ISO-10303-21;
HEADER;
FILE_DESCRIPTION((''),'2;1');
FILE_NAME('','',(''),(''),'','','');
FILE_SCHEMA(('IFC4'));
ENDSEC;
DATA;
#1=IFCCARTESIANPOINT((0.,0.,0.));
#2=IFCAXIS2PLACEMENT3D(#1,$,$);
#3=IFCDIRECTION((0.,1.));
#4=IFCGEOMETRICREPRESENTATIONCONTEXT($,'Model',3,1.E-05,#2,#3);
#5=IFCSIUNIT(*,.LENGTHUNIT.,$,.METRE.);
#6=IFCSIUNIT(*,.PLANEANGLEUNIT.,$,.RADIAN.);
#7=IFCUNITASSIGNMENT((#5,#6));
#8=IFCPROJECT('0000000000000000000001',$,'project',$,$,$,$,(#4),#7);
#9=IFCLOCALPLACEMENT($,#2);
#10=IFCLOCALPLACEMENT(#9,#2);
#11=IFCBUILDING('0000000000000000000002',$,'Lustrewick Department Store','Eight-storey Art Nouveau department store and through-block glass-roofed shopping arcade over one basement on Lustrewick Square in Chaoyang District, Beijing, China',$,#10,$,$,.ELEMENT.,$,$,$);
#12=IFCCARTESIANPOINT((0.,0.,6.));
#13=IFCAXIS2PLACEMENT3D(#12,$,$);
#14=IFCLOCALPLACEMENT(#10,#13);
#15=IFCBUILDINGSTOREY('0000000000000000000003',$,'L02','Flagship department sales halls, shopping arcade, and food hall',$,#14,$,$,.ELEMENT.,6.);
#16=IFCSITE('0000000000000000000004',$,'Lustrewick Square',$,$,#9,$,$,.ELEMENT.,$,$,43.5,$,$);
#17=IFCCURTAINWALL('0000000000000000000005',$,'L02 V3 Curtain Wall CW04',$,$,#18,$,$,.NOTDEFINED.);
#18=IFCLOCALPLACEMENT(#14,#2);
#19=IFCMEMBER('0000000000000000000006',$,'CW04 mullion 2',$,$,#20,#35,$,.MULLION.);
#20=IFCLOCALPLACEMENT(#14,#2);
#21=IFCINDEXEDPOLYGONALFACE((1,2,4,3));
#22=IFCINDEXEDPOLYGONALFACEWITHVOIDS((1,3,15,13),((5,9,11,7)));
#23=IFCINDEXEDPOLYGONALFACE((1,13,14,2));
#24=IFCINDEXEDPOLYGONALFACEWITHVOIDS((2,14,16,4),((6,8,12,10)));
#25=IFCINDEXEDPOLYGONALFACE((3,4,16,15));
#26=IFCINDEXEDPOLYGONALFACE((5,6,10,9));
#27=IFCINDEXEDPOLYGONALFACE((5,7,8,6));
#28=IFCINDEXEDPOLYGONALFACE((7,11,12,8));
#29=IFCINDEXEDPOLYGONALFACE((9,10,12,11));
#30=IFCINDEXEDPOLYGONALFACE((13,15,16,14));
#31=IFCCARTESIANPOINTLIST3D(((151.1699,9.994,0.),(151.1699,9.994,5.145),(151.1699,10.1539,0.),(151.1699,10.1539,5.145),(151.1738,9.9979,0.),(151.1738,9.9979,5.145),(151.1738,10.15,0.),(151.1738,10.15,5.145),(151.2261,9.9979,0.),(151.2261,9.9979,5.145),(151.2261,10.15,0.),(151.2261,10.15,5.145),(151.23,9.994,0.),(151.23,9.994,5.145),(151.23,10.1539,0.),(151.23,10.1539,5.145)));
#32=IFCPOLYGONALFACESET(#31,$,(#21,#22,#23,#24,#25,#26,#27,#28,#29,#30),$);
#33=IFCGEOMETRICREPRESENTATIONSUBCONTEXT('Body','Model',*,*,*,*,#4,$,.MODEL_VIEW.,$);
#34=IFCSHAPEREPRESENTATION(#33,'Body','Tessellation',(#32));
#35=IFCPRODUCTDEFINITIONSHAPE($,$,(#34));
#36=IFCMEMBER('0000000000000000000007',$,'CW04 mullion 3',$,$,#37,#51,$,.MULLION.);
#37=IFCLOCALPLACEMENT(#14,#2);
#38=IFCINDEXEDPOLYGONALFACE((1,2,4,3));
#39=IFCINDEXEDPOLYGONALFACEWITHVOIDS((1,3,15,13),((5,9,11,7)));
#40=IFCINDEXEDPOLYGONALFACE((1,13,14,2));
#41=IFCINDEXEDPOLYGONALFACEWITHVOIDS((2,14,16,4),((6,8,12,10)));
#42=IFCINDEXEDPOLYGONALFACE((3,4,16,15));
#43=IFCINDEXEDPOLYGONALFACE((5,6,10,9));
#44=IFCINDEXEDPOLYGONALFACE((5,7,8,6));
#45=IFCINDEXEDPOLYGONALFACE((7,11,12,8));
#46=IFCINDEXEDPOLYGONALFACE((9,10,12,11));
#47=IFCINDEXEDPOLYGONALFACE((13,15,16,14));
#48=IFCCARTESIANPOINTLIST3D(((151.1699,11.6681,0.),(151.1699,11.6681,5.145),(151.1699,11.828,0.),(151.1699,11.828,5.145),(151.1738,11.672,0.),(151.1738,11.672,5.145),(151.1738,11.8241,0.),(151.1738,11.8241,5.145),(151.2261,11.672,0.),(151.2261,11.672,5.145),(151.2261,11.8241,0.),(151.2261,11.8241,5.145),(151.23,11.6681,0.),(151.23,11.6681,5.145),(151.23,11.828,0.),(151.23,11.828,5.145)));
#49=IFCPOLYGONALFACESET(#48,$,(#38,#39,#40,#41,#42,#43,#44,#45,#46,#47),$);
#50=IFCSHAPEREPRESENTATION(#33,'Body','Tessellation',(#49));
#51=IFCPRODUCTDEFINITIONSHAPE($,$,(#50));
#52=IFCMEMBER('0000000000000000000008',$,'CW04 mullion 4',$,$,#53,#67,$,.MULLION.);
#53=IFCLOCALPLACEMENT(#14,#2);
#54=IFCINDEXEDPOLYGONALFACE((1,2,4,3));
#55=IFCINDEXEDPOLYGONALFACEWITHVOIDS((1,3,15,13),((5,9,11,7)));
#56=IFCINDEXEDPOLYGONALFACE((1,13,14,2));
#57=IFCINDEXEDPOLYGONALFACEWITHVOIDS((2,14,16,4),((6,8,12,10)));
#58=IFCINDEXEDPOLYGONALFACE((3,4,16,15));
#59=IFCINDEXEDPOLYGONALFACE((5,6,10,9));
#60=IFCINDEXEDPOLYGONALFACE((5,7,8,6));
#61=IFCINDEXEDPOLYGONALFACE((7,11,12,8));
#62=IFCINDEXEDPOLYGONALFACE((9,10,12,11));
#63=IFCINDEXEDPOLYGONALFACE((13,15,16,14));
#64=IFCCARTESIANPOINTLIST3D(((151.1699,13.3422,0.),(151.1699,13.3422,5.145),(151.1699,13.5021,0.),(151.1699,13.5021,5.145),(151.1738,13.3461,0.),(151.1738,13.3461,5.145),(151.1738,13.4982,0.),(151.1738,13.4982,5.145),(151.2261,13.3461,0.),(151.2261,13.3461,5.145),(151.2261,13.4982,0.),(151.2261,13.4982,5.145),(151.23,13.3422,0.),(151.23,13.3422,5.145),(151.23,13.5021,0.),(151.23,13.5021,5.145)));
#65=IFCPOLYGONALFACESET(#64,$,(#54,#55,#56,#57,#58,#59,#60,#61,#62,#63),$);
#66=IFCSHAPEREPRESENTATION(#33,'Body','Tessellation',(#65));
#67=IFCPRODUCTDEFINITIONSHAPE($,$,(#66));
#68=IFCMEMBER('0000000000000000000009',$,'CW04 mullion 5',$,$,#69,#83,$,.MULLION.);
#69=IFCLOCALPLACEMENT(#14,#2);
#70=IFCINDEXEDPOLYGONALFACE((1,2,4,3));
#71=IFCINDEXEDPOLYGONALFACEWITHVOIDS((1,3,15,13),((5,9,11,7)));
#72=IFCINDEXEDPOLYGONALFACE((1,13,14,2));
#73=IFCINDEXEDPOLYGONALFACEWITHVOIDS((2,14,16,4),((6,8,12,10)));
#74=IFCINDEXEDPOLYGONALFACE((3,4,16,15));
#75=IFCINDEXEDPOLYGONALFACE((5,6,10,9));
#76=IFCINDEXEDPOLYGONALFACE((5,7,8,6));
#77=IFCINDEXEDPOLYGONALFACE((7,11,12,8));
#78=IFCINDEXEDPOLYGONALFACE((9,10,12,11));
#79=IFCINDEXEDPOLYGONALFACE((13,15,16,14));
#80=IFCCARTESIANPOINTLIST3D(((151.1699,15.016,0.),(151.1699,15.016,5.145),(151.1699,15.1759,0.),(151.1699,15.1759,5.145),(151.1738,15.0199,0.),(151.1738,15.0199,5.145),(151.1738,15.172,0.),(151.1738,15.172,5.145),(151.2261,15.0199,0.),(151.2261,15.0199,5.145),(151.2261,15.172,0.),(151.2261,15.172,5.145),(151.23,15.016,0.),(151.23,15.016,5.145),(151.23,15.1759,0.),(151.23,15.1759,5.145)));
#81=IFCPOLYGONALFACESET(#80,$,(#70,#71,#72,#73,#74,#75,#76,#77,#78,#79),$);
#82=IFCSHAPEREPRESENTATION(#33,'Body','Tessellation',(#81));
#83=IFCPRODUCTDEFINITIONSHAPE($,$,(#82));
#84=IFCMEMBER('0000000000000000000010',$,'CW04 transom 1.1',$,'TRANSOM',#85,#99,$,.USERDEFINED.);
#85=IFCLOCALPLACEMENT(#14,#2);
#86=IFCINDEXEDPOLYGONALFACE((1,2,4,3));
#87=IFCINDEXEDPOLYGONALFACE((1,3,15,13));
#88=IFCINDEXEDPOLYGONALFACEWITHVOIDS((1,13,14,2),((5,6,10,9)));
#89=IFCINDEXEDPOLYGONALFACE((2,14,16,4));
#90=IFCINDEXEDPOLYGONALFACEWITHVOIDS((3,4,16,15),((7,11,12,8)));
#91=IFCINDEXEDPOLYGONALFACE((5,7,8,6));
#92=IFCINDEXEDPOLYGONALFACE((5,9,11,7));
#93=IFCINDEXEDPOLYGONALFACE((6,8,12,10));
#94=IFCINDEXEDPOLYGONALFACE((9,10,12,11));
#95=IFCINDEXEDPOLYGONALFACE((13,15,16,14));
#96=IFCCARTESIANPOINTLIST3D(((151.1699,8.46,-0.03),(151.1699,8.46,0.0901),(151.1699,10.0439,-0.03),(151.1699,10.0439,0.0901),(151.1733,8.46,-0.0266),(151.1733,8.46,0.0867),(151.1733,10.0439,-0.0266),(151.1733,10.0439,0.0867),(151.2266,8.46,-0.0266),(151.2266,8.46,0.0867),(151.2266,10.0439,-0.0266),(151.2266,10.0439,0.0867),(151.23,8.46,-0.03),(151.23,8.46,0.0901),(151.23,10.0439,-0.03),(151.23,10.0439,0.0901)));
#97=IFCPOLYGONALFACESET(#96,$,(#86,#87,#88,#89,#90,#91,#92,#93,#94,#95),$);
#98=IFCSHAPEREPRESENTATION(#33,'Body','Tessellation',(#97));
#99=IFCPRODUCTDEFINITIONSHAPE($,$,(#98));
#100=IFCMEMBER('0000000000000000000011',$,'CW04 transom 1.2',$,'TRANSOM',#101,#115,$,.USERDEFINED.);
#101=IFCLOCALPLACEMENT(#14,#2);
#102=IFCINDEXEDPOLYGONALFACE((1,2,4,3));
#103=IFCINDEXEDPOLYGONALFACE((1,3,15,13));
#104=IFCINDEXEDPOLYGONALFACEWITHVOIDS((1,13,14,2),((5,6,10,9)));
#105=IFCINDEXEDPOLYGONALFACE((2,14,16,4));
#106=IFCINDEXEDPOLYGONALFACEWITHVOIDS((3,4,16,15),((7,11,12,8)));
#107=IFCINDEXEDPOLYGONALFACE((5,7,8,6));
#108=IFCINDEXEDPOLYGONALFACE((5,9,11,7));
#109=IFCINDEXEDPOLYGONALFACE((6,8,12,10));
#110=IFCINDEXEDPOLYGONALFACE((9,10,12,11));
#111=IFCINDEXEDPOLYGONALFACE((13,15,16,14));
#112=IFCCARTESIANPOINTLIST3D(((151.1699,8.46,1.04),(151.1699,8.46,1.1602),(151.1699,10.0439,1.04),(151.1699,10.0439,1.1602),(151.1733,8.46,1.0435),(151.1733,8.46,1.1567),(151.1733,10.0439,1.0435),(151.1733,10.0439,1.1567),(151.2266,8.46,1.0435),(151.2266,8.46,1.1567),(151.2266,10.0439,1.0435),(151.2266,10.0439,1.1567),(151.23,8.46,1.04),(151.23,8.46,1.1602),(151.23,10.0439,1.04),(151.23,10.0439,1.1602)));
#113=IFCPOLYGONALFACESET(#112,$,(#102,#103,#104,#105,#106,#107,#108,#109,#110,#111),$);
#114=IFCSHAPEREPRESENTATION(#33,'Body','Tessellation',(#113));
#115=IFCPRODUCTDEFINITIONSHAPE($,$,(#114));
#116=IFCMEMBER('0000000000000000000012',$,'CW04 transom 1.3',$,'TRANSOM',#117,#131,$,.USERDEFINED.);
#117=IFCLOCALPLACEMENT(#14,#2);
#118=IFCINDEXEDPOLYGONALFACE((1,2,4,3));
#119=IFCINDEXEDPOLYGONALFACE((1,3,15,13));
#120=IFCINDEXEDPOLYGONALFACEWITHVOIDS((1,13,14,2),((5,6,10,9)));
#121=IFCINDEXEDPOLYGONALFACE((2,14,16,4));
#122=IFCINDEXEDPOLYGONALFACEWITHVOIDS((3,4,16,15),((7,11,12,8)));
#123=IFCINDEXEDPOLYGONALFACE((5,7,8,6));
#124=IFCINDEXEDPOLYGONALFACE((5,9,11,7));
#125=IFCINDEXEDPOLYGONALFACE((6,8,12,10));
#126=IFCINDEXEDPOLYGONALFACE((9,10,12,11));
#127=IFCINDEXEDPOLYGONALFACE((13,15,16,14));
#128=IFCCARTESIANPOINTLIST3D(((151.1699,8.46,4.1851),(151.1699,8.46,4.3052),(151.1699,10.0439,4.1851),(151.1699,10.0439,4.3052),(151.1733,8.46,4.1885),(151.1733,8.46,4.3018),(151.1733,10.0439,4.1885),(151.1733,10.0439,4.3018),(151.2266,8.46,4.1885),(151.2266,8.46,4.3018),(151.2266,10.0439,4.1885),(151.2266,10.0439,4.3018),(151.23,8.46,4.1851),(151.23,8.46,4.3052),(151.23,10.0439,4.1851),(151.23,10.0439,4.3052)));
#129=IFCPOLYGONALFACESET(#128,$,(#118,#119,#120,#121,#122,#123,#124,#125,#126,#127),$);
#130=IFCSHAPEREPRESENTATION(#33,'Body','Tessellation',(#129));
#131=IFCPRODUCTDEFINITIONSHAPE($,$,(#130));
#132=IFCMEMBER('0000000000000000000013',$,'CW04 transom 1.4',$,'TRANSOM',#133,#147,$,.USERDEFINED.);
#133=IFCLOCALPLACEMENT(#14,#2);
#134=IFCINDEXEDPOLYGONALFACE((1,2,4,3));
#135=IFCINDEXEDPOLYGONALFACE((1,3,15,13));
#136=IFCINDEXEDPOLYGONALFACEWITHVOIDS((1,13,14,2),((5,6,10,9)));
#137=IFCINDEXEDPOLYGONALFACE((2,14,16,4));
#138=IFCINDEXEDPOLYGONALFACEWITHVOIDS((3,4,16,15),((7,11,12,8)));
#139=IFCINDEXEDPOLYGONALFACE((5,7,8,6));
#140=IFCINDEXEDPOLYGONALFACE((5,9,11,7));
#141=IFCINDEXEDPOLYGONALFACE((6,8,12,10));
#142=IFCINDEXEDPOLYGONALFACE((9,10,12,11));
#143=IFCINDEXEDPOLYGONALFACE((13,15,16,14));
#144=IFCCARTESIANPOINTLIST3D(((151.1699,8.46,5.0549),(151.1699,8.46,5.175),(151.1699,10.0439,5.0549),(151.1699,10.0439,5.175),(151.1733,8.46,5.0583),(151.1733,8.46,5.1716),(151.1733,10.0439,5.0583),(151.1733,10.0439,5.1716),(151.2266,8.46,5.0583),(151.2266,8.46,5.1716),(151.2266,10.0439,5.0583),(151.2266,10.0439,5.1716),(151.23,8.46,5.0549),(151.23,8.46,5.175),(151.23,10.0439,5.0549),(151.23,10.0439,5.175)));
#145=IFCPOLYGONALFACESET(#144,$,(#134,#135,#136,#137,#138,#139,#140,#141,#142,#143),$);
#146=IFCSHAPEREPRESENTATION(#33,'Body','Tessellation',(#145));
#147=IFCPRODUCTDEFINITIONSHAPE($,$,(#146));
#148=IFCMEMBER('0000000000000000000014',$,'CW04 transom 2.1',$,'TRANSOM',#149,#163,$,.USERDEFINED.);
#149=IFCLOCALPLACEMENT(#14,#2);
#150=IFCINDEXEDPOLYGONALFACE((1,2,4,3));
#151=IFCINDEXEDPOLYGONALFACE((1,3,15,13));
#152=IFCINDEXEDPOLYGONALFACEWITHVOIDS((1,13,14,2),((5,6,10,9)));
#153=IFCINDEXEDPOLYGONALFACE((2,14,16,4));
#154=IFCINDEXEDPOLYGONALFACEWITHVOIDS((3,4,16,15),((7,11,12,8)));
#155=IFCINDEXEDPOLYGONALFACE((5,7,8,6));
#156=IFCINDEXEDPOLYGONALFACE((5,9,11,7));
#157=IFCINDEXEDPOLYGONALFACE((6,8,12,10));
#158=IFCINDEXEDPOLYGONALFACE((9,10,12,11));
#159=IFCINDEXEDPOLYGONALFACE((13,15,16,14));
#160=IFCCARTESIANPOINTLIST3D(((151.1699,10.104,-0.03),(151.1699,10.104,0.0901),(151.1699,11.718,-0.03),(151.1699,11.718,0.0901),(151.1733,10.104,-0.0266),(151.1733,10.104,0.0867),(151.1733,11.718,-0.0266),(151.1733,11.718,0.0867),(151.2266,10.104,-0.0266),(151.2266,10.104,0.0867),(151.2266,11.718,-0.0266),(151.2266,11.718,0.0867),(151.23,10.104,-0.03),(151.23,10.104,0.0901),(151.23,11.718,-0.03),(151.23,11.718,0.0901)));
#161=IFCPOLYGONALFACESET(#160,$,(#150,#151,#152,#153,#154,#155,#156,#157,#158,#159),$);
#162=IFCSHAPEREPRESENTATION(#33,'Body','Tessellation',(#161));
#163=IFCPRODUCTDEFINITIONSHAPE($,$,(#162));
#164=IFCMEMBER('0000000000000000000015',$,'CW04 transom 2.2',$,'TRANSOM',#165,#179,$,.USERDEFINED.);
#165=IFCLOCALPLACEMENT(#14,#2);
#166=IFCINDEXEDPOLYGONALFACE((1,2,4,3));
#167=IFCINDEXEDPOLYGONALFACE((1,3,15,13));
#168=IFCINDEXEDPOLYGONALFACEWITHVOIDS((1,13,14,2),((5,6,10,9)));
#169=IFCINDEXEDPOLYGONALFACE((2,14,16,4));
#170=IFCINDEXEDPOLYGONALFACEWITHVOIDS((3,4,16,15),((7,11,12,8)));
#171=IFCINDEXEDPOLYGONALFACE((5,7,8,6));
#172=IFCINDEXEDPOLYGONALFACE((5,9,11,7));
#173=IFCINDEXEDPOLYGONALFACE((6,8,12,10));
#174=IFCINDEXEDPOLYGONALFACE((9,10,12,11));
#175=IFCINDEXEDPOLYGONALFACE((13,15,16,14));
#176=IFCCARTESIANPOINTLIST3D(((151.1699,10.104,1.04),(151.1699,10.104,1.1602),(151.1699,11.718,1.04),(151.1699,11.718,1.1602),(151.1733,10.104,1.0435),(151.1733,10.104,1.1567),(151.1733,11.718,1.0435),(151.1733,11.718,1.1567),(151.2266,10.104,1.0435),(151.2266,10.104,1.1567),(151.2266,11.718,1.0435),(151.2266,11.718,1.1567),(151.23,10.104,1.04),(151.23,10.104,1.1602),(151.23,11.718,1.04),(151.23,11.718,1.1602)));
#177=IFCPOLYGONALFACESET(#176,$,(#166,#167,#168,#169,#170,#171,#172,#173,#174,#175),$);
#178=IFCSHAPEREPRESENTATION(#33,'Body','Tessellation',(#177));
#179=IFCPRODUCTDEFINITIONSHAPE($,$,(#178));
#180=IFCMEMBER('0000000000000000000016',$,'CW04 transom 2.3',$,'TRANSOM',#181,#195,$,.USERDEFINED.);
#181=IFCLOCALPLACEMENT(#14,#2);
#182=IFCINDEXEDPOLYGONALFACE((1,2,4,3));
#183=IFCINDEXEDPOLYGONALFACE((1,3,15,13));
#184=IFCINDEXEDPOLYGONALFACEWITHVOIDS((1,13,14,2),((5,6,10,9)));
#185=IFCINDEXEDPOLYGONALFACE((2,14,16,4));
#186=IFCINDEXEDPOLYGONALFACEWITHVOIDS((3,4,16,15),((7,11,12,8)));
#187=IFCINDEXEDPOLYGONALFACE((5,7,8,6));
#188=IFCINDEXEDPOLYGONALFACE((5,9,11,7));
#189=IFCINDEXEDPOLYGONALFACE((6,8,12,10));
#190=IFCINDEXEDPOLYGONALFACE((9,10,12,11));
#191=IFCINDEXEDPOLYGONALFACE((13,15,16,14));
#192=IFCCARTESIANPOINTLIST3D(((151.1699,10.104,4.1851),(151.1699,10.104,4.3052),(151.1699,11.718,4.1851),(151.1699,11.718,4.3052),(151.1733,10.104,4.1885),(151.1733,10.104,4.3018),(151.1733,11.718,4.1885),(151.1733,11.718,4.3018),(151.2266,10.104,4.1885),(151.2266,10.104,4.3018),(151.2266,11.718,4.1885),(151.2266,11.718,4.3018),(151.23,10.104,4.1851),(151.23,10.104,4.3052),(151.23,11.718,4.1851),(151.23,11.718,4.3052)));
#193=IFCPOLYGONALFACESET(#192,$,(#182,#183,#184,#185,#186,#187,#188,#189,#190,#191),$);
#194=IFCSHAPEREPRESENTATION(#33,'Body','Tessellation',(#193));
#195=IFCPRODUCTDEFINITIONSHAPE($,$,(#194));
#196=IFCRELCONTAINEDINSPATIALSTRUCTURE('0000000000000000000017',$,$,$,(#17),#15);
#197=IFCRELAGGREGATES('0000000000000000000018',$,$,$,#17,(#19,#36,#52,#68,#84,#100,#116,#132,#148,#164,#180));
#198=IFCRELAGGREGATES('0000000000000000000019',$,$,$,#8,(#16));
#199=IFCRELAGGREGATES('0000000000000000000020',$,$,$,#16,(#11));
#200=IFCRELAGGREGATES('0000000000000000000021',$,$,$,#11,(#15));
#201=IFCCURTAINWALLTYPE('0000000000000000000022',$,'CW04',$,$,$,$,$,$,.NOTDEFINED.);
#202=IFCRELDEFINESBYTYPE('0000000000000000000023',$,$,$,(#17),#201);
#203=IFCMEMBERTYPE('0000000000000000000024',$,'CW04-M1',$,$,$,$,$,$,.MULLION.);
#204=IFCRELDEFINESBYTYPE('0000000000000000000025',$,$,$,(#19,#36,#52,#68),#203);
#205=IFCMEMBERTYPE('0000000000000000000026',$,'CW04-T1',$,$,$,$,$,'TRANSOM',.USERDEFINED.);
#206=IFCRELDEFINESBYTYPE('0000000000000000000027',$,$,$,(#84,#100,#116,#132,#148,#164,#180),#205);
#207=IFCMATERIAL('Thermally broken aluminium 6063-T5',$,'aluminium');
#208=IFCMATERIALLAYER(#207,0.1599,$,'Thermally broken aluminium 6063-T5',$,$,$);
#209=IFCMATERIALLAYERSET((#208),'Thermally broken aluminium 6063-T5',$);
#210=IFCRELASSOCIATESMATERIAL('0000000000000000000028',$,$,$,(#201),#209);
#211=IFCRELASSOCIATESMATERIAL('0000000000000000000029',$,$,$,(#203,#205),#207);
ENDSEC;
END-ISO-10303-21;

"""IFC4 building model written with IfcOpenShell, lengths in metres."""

from ifc_helpers import new_model, si_unit, direction, frame, origin, origin_2d, place, context, subcontext, project, spatial, hollow_rectangle, extrude, material, layer, layer_set, material_profile, profile_set, type_object, element, aggregate, save


model = new_model("IFC4")

# Units and contexts
model_context = context("Model", 3, precision=1e-05, world=origin(), true_north=direction((0.0, 1.0)))
body_context = subcontext(model_context, "Body", "Model", "MODEL_VIEW")
ifc_project = project(units=[si_unit("LENGTHUNIT", "METRE"), si_unit("PLANEANGLEUNIT", "RADIAN")], contexts=[model_context])

# Site, building, storey
site_placement = place(None, origin())
site = spatial("IfcSite", under=ifc_project, at=site_placement, Name="Lustrewick Square", CompositionType="ELEMENT", RefElevation=43.5)
building_placement = place(site_placement, origin())
building = spatial("IfcBuilding", under=site, at=building_placement, Name="Lustrewick Department Store", Description="Eight-storey Art Nouveau department store and through-block glass-roofed shopping arcade over one basement on Lustrewick Square in Chaoyang District, Beijing, China", CompositionType="ELEMENT")
storey_placement = place(building_placement, frame((0.0, 0.0, 6.0)))
storey = spatial("IfcBuildingStorey", under=building, at=storey_placement, Name="L02", Description="Flagship department sales halls, shopping arcade, and food hall", CompositionType="ELEMENT", Elevation=6.0)

# Curtain wall, members
ifc_material_1 = material(Name="Thermally broken aluminium 6063-T5", Category="aluminium")
ifc_layer_1 = layer(ifc_material_1, 0.1599, Name="Thermally broken aluminium 6063-T5")
ifc_layer_set_1 = layer_set([ifc_layer_1], Name="Thermally broken aluminium 6063-T5")
curtain_wall_type = type_object("IfcCurtainWallType", Name="CW04", PredefinedType="NOTDEFINED", material=ifc_layer_set_1)
curtain_wall_placement = place(storey_placement, origin())
curtain_wall = element("IfcCurtainWall", 1, at=curtain_wall_placement, inside=storey, type_object=curtain_wall_type, Name="L02 V3 Curtain Wall CW04", PredefinedType="NOTDEFINED")
ifc_material_profile_1 = material_profile(ifc_material_1, hollow_rectangle(XDim=0.0601, YDim=0.1599, WallThickness=0.0039, at=origin_2d()), Name="ALU-M 60x160x4")
ifc_profile_set_1 = profile_set([ifc_material_profile_1], Name="Thermally broken aluminium 6063-T5")
member_type_1 = type_object("IfcMemberType", Name="CW04-M1", PredefinedType="MULLION", material=ifc_profile_set_1)
member_1_placement = place(storey_placement, frame((151.2, 10.074, 0.0), z_axis=(0.0, 0.0, 1.0), x_axis=(-1.0, 0.0, 0.0)))
member_1 = element("IfcMember", 2, at=member_1_placement, type_object=member_type_1, Name="CW04 mullion 2", PredefinedType="MULLION", context=body_context, shape_type="SweptSolid", body=[
    extrude(hollow_rectangle(XDim=0.0601, YDim=0.1599, WallThickness=0.0039, at=origin_2d()), origin(), (0.0, 0.0, 1.0), 5.145),
])
member_2_placement = place(storey_placement, frame((151.2, 11.748, 0.0), z_axis=(0.0, 0.0, 1.0), x_axis=(-1.0, 0.0, 0.0)))
member_2 = element("IfcMember", 3, at=member_2_placement, type_object=member_type_1, Name="CW04 mullion 3", PredefinedType="MULLION", context=body_context, shape_type="SweptSolid", body=[
    extrude(hollow_rectangle(XDim=0.0601, YDim=0.1599, WallThickness=0.0039, at=origin_2d()), origin(), (0.0, 0.0, 1.0), 5.145),
])
member_3_placement = place(storey_placement, frame((151.2, 13.4221, 0.0), z_axis=(0.0, 0.0, 1.0), x_axis=(-1.0, 0.0, 0.0)))
member_3 = element("IfcMember", 4, at=member_3_placement, type_object=member_type_1, Name="CW04 mullion 4", PredefinedType="MULLION", context=body_context, shape_type="SweptSolid", body=[
    extrude(hollow_rectangle(XDim=0.0601, YDim=0.1599, WallThickness=0.0039, at=origin_2d()), origin(), (0.0, 0.0, 1.0), 5.145),
])
member_4_placement = place(storey_placement, frame((151.2, 15.0959, 0.0), z_axis=(0.0, 0.0, 1.0), x_axis=(-1.0, 0.0, 0.0)))
member_4 = element("IfcMember", 5, at=member_4_placement, type_object=member_type_1, Name="CW04 mullion 5", PredefinedType="MULLION", context=body_context, shape_type="SweptSolid", body=[
    extrude(hollow_rectangle(XDim=0.0601, YDim=0.1599, WallThickness=0.0039, at=origin_2d()), origin(), (0.0, 0.0, 1.0), 5.145),
])
ifc_material_profile_2 = material_profile(ifc_material_1, hollow_rectangle(XDim=0.0601, YDim=0.1201, WallThickness=0.0034, at=origin_2d()), Name="ALU-T 60x120x3.5")
ifc_profile_set_2 = profile_set([ifc_material_profile_2], Name="Thermally broken aluminium 6063-T5")
member_type_2 = type_object("IfcMemberType", Name="CW04-T1", ElementType="TRANSOM", PredefinedType="USERDEFINED", material=ifc_profile_set_2)
member_5_placement = place(storey_placement, frame((151.2, 8.46, 0.03), z_axis=(0.0, 1.0, 0.0), x_axis=(-1.0, 0.0, 0.0)))
member_5 = element("IfcMember", 6, at=member_5_placement, type_object=member_type_2, Name="CW04 transom 1.1", ObjectType="TRANSOM", PredefinedType="USERDEFINED", context=body_context, shape_type="SweptSolid", body=[
    extrude(hollow_rectangle(XDim=0.0601, YDim=0.1201, WallThickness=0.0034, at=origin_2d()), origin(), (0.0, 0.0, 1.0), 1.584),
])
member_6_placement = place(storey_placement, frame((151.2, 8.46, 1.1001), z_axis=(0.0, 1.0, 0.0), x_axis=(-1.0, 0.0, 0.0)))
member_6 = element("IfcMember", 7, at=member_6_placement, type_object=member_type_2, Name="CW04 transom 1.2", ObjectType="TRANSOM", PredefinedType="USERDEFINED", context=body_context, shape_type="SweptSolid", body=[
    extrude(hollow_rectangle(XDim=0.0601, YDim=0.1201, WallThickness=0.0034, at=origin_2d()), origin(), (0.0, 0.0, 1.0), 1.584),
])
member_7_placement = place(storey_placement, frame((151.2, 8.46, 4.2451), z_axis=(0.0, 1.0, 0.0), x_axis=(-1.0, 0.0, 0.0)))
member_7 = element("IfcMember", 8, at=member_7_placement, type_object=member_type_2, Name="CW04 transom 1.3", ObjectType="TRANSOM", PredefinedType="USERDEFINED", context=body_context, shape_type="SweptSolid", body=[
    extrude(hollow_rectangle(XDim=0.0601, YDim=0.1201, WallThickness=0.0034, at=origin_2d()), origin(), (0.0, 0.0, 1.0), 1.584),
])
member_8_placement = place(storey_placement, frame((151.2, 8.46, 5.115), z_axis=(0.0, 1.0, 0.0), x_axis=(-1.0, 0.0, 0.0)))
member_8 = element("IfcMember", 9, at=member_8_placement, type_object=member_type_2, Name="CW04 transom 1.4", ObjectType="TRANSOM", PredefinedType="USERDEFINED", context=body_context, shape_type="SweptSolid", body=[
    extrude(hollow_rectangle(XDim=0.0601, YDim=0.1201, WallThickness=0.0034, at=origin_2d()), origin(), (0.0, 0.0, 1.0), 1.584),
])
member_9_placement = place(storey_placement, frame((151.2, 10.104, 0.03), z_axis=(0.0, 1.0, 0.0), x_axis=(-1.0, 0.0, 0.0)))
member_9 = element("IfcMember", 10, at=member_9_placement, type_object=member_type_2, Name="CW04 transom 2.1", ObjectType="TRANSOM", PredefinedType="USERDEFINED", context=body_context, shape_type="SweptSolid", body=[
    extrude(hollow_rectangle(XDim=0.0601, YDim=0.1201, WallThickness=0.0034, at=origin_2d()), origin(), (0.0, 0.0, 1.0), 1.614),
])
member_10_placement = place(storey_placement, frame((151.2, 10.104, 1.1001), z_axis=(0.0, 1.0, 0.0), x_axis=(-1.0, 0.0, 0.0)))
member_10 = element("IfcMember", 11, at=member_10_placement, type_object=member_type_2, Name="CW04 transom 2.2", ObjectType="TRANSOM", PredefinedType="USERDEFINED", context=body_context, shape_type="SweptSolid", body=[
    extrude(hollow_rectangle(XDim=0.0601, YDim=0.1201, WallThickness=0.0034, at=origin_2d()), origin(), (0.0, 0.0, 1.0), 1.614),
])
member_11_placement = place(storey_placement, frame((151.2, 10.104, 4.2451), z_axis=(0.0, 1.0, 0.0), x_axis=(-1.0, 0.0, 0.0)))
member_11 = element("IfcMember", 12, at=member_11_placement, type_object=member_type_2, Name="CW04 transom 2.3", ObjectType="TRANSOM", PredefinedType="USERDEFINED", context=body_context, shape_type="SweptSolid", body=[
    extrude(hollow_rectangle(XDim=0.0601, YDim=0.1201, WallThickness=0.0034, at=origin_2d()), origin(), (0.0, 0.0, 1.0), 1.614),
])
aggregate(curtain_wall, [member_1, member_2, member_3, member_4, member_5, member_6, member_7, member_8, member_9, member_10, member_11])

save(model, "model.ifc")
